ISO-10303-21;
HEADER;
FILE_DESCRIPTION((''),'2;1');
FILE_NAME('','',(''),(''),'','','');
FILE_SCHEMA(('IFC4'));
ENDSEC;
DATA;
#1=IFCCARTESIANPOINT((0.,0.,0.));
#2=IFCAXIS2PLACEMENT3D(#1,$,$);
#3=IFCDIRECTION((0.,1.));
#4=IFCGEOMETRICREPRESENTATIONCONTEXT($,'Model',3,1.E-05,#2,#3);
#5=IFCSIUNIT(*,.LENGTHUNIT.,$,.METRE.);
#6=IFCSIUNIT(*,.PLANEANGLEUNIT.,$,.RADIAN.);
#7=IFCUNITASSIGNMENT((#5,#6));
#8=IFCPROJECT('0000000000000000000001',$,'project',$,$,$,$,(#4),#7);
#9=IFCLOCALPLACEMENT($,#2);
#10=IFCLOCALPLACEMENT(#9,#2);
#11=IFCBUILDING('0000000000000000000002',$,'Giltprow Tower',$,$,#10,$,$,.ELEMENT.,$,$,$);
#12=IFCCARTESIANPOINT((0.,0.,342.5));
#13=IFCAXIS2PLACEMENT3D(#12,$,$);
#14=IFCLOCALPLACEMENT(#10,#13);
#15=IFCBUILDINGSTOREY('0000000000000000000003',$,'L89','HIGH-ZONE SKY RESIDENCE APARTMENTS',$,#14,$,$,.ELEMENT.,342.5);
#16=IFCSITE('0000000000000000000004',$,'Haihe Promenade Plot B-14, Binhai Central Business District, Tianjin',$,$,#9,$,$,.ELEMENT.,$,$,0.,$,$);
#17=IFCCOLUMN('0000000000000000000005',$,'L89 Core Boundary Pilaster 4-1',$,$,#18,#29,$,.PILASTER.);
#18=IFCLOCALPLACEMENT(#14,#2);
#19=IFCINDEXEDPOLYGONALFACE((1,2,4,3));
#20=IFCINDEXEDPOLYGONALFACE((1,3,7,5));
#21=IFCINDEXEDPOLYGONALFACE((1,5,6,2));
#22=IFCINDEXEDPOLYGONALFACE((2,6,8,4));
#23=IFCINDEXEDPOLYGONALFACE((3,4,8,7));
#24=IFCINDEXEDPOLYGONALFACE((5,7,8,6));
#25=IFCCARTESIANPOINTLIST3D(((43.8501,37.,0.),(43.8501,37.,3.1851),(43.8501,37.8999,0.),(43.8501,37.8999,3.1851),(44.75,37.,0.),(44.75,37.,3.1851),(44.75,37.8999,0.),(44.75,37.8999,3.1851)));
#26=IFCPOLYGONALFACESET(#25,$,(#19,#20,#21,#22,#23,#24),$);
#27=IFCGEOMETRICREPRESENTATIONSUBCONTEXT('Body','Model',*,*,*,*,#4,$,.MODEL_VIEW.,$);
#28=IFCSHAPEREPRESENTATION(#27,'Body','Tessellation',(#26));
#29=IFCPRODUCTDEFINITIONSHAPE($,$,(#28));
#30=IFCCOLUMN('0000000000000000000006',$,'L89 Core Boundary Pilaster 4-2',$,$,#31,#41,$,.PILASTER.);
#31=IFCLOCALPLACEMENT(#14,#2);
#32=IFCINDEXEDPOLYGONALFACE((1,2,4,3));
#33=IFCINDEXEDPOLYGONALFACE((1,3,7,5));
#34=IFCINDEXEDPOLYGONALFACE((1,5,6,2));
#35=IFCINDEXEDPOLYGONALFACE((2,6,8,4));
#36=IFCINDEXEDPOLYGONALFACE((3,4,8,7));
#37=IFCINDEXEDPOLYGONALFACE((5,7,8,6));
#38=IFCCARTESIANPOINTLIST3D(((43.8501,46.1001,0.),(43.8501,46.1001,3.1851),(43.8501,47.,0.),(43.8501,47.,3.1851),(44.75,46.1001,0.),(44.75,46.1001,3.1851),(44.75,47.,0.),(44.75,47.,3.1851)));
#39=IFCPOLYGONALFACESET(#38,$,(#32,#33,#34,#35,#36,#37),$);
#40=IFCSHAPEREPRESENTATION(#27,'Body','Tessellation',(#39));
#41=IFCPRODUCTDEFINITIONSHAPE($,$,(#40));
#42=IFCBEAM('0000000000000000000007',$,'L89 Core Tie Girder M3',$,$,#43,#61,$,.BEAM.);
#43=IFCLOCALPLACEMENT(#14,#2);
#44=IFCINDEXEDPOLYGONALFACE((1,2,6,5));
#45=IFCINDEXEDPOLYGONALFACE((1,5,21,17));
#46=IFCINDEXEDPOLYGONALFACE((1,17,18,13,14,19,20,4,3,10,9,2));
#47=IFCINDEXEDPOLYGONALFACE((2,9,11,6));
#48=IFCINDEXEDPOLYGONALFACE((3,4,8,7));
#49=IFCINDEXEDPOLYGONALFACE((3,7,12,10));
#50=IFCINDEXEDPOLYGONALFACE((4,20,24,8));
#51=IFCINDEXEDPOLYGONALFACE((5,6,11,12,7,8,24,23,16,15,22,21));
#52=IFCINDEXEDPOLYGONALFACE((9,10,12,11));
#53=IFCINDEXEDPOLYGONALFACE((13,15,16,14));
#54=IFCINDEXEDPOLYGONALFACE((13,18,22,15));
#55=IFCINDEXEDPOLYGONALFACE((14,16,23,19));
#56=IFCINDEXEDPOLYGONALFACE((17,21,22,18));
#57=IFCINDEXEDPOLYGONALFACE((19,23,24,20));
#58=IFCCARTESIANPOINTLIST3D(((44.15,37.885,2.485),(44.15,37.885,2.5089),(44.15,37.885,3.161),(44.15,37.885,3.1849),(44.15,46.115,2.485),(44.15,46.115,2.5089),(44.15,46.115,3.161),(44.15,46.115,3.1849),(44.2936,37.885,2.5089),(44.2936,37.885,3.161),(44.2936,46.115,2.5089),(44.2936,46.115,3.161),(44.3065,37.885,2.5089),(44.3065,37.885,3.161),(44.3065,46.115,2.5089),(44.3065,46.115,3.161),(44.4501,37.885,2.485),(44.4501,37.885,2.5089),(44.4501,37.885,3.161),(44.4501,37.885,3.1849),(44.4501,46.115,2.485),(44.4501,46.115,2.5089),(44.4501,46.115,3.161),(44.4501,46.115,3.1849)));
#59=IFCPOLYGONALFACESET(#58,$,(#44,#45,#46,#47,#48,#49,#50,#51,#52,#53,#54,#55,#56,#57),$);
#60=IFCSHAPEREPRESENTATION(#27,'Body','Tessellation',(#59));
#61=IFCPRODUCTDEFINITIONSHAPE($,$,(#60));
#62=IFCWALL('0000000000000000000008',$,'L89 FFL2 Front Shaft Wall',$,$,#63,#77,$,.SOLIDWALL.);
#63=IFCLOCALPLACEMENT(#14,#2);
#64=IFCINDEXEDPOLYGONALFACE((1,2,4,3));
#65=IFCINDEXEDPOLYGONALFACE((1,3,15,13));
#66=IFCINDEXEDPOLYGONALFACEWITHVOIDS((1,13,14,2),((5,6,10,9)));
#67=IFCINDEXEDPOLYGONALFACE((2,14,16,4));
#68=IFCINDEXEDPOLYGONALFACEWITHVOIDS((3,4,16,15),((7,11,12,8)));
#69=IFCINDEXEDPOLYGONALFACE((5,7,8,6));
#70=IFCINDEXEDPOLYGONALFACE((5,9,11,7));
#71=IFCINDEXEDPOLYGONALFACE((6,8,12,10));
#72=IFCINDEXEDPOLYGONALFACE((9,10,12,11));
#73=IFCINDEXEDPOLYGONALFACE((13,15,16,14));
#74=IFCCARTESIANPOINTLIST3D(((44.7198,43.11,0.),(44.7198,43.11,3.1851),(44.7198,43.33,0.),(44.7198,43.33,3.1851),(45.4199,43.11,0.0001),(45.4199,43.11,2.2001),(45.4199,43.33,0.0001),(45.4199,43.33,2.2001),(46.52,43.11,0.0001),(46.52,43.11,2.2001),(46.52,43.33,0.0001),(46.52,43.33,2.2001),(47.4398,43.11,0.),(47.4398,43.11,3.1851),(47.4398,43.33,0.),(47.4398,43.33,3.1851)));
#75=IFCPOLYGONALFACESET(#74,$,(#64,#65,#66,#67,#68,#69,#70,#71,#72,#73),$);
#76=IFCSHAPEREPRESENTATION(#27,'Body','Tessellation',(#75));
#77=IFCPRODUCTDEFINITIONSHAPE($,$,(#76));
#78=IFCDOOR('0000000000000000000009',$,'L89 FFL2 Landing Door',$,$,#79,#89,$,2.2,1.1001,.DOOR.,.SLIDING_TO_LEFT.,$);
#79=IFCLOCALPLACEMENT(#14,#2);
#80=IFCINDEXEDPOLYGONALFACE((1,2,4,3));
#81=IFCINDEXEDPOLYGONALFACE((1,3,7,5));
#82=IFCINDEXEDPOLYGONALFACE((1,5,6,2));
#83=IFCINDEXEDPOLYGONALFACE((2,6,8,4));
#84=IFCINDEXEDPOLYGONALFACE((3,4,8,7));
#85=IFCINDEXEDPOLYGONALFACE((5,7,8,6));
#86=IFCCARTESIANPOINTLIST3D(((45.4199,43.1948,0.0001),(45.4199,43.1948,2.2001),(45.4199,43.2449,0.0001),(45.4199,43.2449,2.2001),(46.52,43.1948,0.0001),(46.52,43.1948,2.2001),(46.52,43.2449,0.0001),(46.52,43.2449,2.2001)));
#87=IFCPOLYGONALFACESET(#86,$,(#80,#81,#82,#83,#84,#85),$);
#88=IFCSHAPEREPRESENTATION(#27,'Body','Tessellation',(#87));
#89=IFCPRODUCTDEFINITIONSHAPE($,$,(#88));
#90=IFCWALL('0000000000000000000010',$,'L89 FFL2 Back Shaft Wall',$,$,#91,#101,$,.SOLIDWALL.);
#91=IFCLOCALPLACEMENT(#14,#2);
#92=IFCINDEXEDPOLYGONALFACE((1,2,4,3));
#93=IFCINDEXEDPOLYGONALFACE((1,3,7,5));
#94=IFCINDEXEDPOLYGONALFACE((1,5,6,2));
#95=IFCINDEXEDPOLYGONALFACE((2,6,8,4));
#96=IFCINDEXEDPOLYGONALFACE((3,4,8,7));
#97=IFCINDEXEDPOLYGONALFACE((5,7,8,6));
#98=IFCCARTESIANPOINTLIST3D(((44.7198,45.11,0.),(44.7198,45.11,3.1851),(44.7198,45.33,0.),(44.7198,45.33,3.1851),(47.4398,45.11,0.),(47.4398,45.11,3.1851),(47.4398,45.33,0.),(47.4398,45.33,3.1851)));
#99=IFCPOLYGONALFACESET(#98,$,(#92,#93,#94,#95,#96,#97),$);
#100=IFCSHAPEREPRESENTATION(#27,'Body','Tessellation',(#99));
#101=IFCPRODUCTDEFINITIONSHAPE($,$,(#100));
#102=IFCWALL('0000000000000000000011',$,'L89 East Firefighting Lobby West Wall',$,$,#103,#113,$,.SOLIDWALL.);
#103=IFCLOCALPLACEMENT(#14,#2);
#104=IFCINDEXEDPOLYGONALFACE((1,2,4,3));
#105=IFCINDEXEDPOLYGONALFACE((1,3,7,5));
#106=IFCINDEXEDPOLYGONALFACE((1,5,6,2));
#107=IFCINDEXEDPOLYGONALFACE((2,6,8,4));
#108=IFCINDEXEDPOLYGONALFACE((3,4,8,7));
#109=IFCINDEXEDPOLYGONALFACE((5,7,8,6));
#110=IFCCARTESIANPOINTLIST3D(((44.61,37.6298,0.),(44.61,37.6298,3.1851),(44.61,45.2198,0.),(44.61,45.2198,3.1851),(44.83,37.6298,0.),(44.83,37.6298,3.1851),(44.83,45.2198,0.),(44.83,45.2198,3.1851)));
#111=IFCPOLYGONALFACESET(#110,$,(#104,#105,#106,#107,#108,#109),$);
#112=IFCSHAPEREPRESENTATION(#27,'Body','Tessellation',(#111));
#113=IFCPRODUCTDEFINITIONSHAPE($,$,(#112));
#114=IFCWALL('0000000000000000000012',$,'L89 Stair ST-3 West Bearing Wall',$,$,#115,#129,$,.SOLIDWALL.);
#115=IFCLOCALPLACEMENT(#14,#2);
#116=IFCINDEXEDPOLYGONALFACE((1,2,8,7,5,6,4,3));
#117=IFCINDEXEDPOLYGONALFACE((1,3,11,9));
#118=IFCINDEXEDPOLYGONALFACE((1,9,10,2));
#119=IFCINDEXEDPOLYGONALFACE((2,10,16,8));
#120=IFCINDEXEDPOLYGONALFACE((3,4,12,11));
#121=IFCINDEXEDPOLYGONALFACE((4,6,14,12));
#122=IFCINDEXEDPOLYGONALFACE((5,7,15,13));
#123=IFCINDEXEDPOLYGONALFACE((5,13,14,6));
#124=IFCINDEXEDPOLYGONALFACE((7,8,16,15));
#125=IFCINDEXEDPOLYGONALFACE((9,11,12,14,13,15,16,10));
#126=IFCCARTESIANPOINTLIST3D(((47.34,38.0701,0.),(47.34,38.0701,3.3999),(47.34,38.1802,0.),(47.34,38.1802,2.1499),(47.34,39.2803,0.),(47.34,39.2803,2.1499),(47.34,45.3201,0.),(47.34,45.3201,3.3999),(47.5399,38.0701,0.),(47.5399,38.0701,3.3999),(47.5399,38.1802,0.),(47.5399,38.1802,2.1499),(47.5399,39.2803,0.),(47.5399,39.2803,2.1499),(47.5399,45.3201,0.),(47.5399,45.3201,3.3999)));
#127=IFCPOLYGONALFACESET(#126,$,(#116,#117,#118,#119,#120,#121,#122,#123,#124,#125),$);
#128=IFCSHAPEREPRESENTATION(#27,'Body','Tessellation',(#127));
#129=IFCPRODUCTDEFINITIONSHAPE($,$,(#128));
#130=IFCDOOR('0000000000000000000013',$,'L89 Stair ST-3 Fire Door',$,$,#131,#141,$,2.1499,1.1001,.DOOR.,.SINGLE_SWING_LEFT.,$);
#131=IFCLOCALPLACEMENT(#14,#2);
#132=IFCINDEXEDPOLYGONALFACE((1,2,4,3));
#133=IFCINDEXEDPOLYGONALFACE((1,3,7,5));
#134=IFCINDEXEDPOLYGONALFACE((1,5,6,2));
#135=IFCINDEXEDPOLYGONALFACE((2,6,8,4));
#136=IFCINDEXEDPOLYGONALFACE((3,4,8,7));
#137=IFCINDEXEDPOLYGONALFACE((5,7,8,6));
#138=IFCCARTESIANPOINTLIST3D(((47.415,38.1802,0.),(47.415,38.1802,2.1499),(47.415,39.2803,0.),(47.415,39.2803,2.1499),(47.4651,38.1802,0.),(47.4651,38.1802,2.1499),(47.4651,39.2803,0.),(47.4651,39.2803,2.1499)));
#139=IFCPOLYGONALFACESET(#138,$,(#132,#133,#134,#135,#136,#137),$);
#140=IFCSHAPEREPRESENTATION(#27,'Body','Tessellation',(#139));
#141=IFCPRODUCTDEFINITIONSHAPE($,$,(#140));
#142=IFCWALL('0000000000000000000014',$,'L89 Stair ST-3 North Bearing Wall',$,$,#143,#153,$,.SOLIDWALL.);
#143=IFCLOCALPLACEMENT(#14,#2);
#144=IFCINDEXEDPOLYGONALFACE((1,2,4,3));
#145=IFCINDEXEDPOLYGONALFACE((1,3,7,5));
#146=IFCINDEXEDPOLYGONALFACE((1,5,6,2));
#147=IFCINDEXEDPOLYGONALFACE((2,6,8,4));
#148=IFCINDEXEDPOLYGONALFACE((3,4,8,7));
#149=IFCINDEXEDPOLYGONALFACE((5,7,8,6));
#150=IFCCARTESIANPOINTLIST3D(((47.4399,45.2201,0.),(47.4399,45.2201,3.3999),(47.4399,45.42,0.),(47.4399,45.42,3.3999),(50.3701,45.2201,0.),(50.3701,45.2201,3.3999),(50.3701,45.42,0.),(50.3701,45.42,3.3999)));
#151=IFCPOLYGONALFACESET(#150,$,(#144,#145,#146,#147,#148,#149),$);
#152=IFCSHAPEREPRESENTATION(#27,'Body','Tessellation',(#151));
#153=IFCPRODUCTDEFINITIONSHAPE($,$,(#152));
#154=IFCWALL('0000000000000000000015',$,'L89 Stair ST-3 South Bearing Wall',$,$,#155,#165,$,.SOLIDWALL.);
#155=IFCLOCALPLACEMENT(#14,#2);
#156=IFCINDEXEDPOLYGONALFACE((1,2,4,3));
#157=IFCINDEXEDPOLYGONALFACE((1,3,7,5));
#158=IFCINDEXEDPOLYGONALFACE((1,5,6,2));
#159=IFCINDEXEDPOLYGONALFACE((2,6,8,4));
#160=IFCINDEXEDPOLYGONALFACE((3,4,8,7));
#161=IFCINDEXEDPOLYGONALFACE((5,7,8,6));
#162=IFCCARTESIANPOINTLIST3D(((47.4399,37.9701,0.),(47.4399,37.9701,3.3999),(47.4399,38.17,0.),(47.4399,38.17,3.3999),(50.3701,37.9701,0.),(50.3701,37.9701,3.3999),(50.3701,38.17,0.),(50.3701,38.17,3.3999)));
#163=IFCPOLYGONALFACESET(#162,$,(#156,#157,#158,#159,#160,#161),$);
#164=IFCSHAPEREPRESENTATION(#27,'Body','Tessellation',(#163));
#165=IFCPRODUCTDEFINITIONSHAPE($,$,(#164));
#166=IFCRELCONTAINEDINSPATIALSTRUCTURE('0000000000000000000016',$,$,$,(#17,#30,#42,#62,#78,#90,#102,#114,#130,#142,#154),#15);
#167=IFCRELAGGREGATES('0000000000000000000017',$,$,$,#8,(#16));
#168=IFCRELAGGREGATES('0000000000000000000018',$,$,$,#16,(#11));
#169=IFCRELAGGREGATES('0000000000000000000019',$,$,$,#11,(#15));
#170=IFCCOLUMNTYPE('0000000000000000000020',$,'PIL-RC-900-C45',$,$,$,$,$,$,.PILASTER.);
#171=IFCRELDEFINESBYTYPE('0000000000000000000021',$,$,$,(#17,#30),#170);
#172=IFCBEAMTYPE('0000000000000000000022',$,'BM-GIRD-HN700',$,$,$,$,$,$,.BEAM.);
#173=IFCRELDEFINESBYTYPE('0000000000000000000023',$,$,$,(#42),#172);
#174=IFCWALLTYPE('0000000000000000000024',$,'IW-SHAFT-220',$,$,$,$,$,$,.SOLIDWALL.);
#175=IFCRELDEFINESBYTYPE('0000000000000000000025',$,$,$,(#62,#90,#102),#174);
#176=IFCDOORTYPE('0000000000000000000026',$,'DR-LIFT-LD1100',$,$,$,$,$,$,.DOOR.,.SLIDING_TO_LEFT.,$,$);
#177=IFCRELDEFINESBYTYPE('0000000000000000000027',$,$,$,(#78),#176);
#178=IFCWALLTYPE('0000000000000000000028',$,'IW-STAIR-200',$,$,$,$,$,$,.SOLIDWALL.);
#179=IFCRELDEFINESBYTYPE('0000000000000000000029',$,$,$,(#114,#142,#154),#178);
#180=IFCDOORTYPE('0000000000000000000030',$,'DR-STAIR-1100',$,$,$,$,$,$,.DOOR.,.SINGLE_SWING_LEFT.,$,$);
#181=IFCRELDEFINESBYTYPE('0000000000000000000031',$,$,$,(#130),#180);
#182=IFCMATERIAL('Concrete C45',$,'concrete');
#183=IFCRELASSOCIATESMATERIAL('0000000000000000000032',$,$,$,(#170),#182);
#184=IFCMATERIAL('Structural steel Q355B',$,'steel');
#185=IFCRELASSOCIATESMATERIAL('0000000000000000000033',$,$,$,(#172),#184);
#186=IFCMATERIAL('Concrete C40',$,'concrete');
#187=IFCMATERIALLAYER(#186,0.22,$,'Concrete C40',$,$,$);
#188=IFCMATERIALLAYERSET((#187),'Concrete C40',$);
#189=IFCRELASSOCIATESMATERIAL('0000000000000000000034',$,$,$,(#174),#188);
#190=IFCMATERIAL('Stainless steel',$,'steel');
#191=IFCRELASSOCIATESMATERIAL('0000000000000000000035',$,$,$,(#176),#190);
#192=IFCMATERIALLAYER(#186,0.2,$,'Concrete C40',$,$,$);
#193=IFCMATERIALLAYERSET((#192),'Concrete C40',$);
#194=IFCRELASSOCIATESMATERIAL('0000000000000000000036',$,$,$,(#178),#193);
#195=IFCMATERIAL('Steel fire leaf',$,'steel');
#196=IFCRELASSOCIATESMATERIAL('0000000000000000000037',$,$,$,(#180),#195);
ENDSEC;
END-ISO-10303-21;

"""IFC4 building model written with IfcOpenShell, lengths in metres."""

from ifc_helpers import new_model, si_unit, direction, frame, frame_2d, origin, origin_2d, place, context, subcontext, project, spatial, rectangle, i_section, extrude, source, transform, mapped, material, layer, layer_set, material_profile, profile_set, type_object, element, fill, save


model = new_model("IFC4")

# Units and contexts
model_context = context("Model", 3, precision=1e-05, world=origin(), true_north=direction((0.0, 1.0)))
body_context = subcontext(model_context, "Body", "Model", "MODEL_VIEW")
ifc_project = project(units=[si_unit("LENGTHUNIT", "METRE"), si_unit("PLANEANGLEUNIT", "RADIAN")], contexts=[model_context])

# Site, building, storey
site_placement = place(None, origin())
site = spatial("IfcSite", under=ifc_project, at=site_placement, Name="Haihe Promenade Plot B-14, Binhai Central Business District, Tianjin", CompositionType="ELEMENT", RefElevation=0.0)
building_placement = place(site_placement, origin())
building = spatial("IfcBuilding", under=site, at=building_placement, Name="Giltprow Tower", CompositionType="ELEMENT")
storey_placement = place(building_placement, frame((0.0, 0.0, 342.5)))
storey = spatial("IfcBuildingStorey", under=building, at=storey_placement, Name="L89", Description="HIGH-ZONE SKY RESIDENCE APARTMENTS", CompositionType="ELEMENT", Elevation=342.5)

# Columns
ifc_material_1 = material(Name="Concrete C45", Category="concrete")
ifc_material_profile_1 = material_profile(ifc_material_1, rectangle(XDim=0.8999, YDim=0.8999, at=origin_2d()), Name="RC 900x900")
ifc_profile_set_1 = profile_set([ifc_material_profile_1], Name="Concrete C45")
column_type = type_object("IfcColumnType", Name="PIL-RC-900-C45", PredefinedType="PILASTER", material=ifc_profile_set_1)
shared_shape_1 = source(origin(), body_context, "Body", "SweptSolid", [
    extrude(rectangle(XDim=0.8999, YDim=0.8999, at=origin_2d()), origin(), (0.0, 0.0, 1.0), 3.1851),
])
for number, where, z_axis, x_axis, name in (
    (1, (44.3, 37.45, 0.0), (0.0, 0.0, 1.0), (1.0, 0.0, 0.0), "L89 Core Boundary Pilaster 4-1"),
    (2, (44.3, 46.55, 0.0), (0.0, 0.0, 1.0), (1.0, 0.0, 0.0), "L89 Core Boundary Pilaster 4-2"),
):
    element("IfcColumn", number, at=place(storey_placement, frame(where, z_axis=z_axis, x_axis=x_axis)), inside=storey, type_object=column_type, Name=name, PredefinedType="PILASTER", context=body_context, shape_type="MappedRepresentation", body=[
        mapped(shared_shape_1, transform((0.0, 0.0, 0.0), x_axis=(1.0, 0.0, 0.0), y_axis=(0.0, 1.0, 0.0), z_axis=(0.0, 0.0, 1.0), scale=1.0)),
    ])

# Beam
ifc_material_2 = material(Name="Structural steel Q355B", Category="steel")
ifc_material_profile_2 = material_profile(ifc_material_2, i_section(OverallWidth=0.3, OverallDepth=0.7, WebThickness=0.0129, FlangeThickness=0.0239, at=origin_2d()), Name="HN 700x300x13x24")
ifc_profile_set_2 = profile_set([ifc_material_profile_2], Name="Structural steel Q355B")
beam_type = type_object("IfcBeamType", Name="BM-GIRD-HN700", PredefinedType="BEAM", material=ifc_profile_set_2)
shared_shape_2 = source(origin(), body_context, "Body", "SweptSolid", [
    extrude(i_section(OverallWidth=0.3, OverallDepth=0.7, WebThickness=0.0129, FlangeThickness=0.0239, at=origin_2d()), origin(), (0.0, 0.0, 1.0), 8.23),
])
beam_placement = place(storey_placement, frame((44.3, 37.885, 2.835), z_axis=(0.0, 1.0, 0.0), x_axis=(-1.0, 0.0, 0.0)))
element("IfcBeam", 3, at=beam_placement, inside=storey, type_object=beam_type, Name="L89 Core Tie Girder M3", PredefinedType="BEAM", context=body_context, shape_type="MappedRepresentation", body=[
    mapped(shared_shape_2, transform((0.0, 0.0, 0.0), x_axis=(1.0, 0.0, 0.0), y_axis=(0.0, 1.0, 0.0), z_axis=(0.0, 0.0, 1.0), scale=1.0)),
])

# Wall, opening, door
ifc_material_3 = material(Name="Concrete C40", Category="concrete")
ifc_layer_1 = layer(ifc_material_3, 0.22, Name="Concrete C40")
ifc_layer_set_1 = layer_set([ifc_layer_1], Name="Concrete C40")
wall_type_1 = type_object("IfcWallType", Name="IW-SHAFT-220", PredefinedType="SOLIDWALL", material=ifc_layer_set_1)
wall_1_placement = place(storey_placement, frame((44.72, 43.22, 0.0), z_axis=(0.0, 0.0, 1.0), x_axis=(1.0, 0.0, 0.0)))
wall_1 = element("IfcWall", 4, at=wall_1_placement, inside=storey, type_object=wall_type_1, Name="L89 FFL2 Front Shaft Wall", PredefinedType="SOLIDWALL", context=body_context, shape_type="SweptSolid", body=[
    extrude(rectangle(XDim=2.72, YDim=0.22, at=frame_2d((1.3599, 0.0))), origin(), (0.0, 0.0, 1.0), 3.1851),
])
opening_1_placement = place(wall_1_placement, frame((0.7, 0.0, 0.0)))
opening_1 = element("IfcOpeningElement", 5, at=opening_1_placement, cuts=wall_1, PredefinedType="OPENING", context=body_context, shape_type="SweptSolid", body=[
    extrude(rectangle(XDim=1.1001, YDim=2.2, at=frame_2d((0.55, 1.1001))), frame((0.0, 0.1199, 0.0), z_axis=(0.0, -1.0, 0.0), x_axis=(1.0, 0.0, 0.0)), (0.0, 0.0, 1.0), 0.24),
])
ifc_material_4 = material(Name="Stainless steel", Category="steel")
door_type_1 = type_object("IfcDoorType", Name="DR-LIFT-LD1100", OperationType="SLIDING_TO_LEFT", PredefinedType="DOOR", material=ifc_material_4)
shared_shape_3 = source(origin(), body_context, "Body", "SweptSolid", [
    extrude(rectangle(XDim=1.1001, YDim=2.2, at=frame_2d((0.55, 1.1001))), frame((0.0, 0.0249, 0.0), z_axis=(0.0, -1.0, 0.0), x_axis=(1.0, 0.0, 0.0)), (0.0, 0.0, 1.0), 0.05),
])
door_1_placement = place(opening_1_placement, origin())
door_1 = element("IfcDoor", 6, at=door_1_placement, inside=storey, type_object=door_type_1, Name="L89 FFL2 Landing Door", OperationType="SLIDING_TO_LEFT", OverallHeight=2.2, OverallWidth=1.1001, PredefinedType="DOOR", context=body_context, shape_type="MappedRepresentation", body=[
    mapped(shared_shape_3, transform((0.0, 0.0, 0.0), x_axis=(1.0, 0.0, 0.0), y_axis=(0.0, 1.0, 0.0), z_axis=(0.0, 0.0, 1.0), scale=1.0)),
])
fill(opening_1, door_1)

# Walls
wall_2_placement = place(storey_placement, frame((44.72, 45.22, 0.0), z_axis=(0.0, 0.0, 1.0), x_axis=(1.0, 0.0, 0.0)))
element("IfcWall", 7, at=wall_2_placement, inside=storey, type_object=wall_type_1, Name="L89 FFL2 Back Shaft Wall", PredefinedType="SOLIDWALL", context=body_context, shape_type="SweptSolid", body=[
    extrude(rectangle(XDim=2.72, YDim=0.22, at=frame_2d((1.3599, 0.0))), origin(), (0.0, 0.0, 1.0), 3.1851),
])
wall_3_placement = place(storey_placement, frame((44.72, 37.6299, 0.0), z_axis=(0.0, 0.0, 1.0), x_axis=(0.0, 1.0, 0.0)))
element("IfcWall", 8, at=wall_3_placement, inside=storey, type_object=wall_type_1, Name="L89 East Firefighting Lobby West Wall", PredefinedType="SOLIDWALL", context=body_context, shape_type="SweptSolid", body=[
    extrude(rectangle(XDim=7.5901, YDim=0.22, at=frame_2d((3.7949, 0.0))), origin(), (0.0, 0.0, 1.0), 3.1851),
])

# Wall, opening, door
ifc_layer_2 = layer(ifc_material_3, 0.2, Name="Concrete C40")
ifc_layer_set_2 = layer_set([ifc_layer_2], Name="Concrete C40")
wall_type_2 = type_object("IfcWallType", Name="IW-STAIR-200", PredefinedType="SOLIDWALL", material=ifc_layer_set_2)
wall_4_placement = place(storey_placement, frame((47.4399, 38.0701, 0.0), z_axis=(0.0, 0.0, 1.0), x_axis=(0.0, 1.0, 0.0)))
wall_4 = element("IfcWall", 9, at=wall_4_placement, inside=storey, type_object=wall_type_2, Name="L89 Stair ST-3 West Bearing Wall", PredefinedType="SOLIDWALL", context=body_context, shape_type="SweptSolid", body=[
    extrude(rectangle(XDim=7.25, YDim=0.2, at=frame_2d((3.625, 0.0))), origin(), (0.0, 0.0, 1.0), 3.3999),
])
opening_2_placement = place(wall_4_placement, frame((0.1101, 0.0, 0.0)))
opening_2 = element("IfcOpeningElement", 10, at=opening_2_placement, cuts=wall_4, PredefinedType="OPENING", context=body_context, shape_type="SweptSolid", body=[
    extrude(rectangle(XDim=1.1001, YDim=2.1499, at=frame_2d((0.55, 1.075))), frame((0.0, 0.1099, 0.0), z_axis=(0.0, -1.0, 0.0), x_axis=(1.0, 0.0, 0.0)), (0.0, 0.0, 1.0), 0.22),
])
ifc_material_5 = material(Name="Steel fire leaf", Category="steel")
door_type_2 = type_object("IfcDoorType", Name="DR-STAIR-1100", OperationType="SINGLE_SWING_LEFT", PredefinedType="DOOR", material=ifc_material_5)
shared_shape_4 = source(origin(), body_context, "Body", "SweptSolid", [
    extrude(rectangle(XDim=1.1001, YDim=2.1499, at=frame_2d((0.55, 1.075))), frame((0.0, 0.0249, 0.0), z_axis=(0.0, -1.0, 0.0), x_axis=(1.0, 0.0, 0.0)), (0.0, 0.0, 1.0), 0.05),
])
door_2_placement = place(opening_2_placement, origin())
door_2 = element("IfcDoor", 11, at=door_2_placement, inside=storey, type_object=door_type_2, Name="L89 Stair ST-3 Fire Door", OperationType="SINGLE_SWING_LEFT", OverallHeight=2.1499, OverallWidth=1.1001, PredefinedType="DOOR", context=body_context, shape_type="MappedRepresentation", body=[
    mapped(shared_shape_4, transform((0.0, 0.0, 0.0), x_axis=(1.0, 0.0, 0.0), y_axis=(0.0, 1.0, 0.0), z_axis=(0.0, 0.0, 1.0), scale=1.0)),
])
fill(opening_2, door_2)

# Walls
for number, where, z_axis, x_axis, name in (
    (12, (47.4399, 45.3201, 0.0), (0.0, 0.0, 1.0), (1.0, 0.0, 0.0), "L89 Stair ST-3 North Bearing Wall"),
    (13, (47.4399, 38.0701, 0.0), (0.0, 0.0, 1.0), (1.0, 0.0, 0.0), "L89 Stair ST-3 South Bearing Wall"),
):
    element("IfcWall", number, at=place(storey_placement, frame(where, z_axis=z_axis, x_axis=x_axis)), inside=storey, type_object=wall_type_2, Name=name, PredefinedType="SOLIDWALL", context=body_context, shape_type="SweptSolid", body=[
        extrude(rectangle(XDim=2.9302, YDim=0.2, at=frame_2d((1.4651, 0.0))), origin(), (0.0, 0.0, 1.0), 3.3999),
    ])

save(model, "model.ifc")
